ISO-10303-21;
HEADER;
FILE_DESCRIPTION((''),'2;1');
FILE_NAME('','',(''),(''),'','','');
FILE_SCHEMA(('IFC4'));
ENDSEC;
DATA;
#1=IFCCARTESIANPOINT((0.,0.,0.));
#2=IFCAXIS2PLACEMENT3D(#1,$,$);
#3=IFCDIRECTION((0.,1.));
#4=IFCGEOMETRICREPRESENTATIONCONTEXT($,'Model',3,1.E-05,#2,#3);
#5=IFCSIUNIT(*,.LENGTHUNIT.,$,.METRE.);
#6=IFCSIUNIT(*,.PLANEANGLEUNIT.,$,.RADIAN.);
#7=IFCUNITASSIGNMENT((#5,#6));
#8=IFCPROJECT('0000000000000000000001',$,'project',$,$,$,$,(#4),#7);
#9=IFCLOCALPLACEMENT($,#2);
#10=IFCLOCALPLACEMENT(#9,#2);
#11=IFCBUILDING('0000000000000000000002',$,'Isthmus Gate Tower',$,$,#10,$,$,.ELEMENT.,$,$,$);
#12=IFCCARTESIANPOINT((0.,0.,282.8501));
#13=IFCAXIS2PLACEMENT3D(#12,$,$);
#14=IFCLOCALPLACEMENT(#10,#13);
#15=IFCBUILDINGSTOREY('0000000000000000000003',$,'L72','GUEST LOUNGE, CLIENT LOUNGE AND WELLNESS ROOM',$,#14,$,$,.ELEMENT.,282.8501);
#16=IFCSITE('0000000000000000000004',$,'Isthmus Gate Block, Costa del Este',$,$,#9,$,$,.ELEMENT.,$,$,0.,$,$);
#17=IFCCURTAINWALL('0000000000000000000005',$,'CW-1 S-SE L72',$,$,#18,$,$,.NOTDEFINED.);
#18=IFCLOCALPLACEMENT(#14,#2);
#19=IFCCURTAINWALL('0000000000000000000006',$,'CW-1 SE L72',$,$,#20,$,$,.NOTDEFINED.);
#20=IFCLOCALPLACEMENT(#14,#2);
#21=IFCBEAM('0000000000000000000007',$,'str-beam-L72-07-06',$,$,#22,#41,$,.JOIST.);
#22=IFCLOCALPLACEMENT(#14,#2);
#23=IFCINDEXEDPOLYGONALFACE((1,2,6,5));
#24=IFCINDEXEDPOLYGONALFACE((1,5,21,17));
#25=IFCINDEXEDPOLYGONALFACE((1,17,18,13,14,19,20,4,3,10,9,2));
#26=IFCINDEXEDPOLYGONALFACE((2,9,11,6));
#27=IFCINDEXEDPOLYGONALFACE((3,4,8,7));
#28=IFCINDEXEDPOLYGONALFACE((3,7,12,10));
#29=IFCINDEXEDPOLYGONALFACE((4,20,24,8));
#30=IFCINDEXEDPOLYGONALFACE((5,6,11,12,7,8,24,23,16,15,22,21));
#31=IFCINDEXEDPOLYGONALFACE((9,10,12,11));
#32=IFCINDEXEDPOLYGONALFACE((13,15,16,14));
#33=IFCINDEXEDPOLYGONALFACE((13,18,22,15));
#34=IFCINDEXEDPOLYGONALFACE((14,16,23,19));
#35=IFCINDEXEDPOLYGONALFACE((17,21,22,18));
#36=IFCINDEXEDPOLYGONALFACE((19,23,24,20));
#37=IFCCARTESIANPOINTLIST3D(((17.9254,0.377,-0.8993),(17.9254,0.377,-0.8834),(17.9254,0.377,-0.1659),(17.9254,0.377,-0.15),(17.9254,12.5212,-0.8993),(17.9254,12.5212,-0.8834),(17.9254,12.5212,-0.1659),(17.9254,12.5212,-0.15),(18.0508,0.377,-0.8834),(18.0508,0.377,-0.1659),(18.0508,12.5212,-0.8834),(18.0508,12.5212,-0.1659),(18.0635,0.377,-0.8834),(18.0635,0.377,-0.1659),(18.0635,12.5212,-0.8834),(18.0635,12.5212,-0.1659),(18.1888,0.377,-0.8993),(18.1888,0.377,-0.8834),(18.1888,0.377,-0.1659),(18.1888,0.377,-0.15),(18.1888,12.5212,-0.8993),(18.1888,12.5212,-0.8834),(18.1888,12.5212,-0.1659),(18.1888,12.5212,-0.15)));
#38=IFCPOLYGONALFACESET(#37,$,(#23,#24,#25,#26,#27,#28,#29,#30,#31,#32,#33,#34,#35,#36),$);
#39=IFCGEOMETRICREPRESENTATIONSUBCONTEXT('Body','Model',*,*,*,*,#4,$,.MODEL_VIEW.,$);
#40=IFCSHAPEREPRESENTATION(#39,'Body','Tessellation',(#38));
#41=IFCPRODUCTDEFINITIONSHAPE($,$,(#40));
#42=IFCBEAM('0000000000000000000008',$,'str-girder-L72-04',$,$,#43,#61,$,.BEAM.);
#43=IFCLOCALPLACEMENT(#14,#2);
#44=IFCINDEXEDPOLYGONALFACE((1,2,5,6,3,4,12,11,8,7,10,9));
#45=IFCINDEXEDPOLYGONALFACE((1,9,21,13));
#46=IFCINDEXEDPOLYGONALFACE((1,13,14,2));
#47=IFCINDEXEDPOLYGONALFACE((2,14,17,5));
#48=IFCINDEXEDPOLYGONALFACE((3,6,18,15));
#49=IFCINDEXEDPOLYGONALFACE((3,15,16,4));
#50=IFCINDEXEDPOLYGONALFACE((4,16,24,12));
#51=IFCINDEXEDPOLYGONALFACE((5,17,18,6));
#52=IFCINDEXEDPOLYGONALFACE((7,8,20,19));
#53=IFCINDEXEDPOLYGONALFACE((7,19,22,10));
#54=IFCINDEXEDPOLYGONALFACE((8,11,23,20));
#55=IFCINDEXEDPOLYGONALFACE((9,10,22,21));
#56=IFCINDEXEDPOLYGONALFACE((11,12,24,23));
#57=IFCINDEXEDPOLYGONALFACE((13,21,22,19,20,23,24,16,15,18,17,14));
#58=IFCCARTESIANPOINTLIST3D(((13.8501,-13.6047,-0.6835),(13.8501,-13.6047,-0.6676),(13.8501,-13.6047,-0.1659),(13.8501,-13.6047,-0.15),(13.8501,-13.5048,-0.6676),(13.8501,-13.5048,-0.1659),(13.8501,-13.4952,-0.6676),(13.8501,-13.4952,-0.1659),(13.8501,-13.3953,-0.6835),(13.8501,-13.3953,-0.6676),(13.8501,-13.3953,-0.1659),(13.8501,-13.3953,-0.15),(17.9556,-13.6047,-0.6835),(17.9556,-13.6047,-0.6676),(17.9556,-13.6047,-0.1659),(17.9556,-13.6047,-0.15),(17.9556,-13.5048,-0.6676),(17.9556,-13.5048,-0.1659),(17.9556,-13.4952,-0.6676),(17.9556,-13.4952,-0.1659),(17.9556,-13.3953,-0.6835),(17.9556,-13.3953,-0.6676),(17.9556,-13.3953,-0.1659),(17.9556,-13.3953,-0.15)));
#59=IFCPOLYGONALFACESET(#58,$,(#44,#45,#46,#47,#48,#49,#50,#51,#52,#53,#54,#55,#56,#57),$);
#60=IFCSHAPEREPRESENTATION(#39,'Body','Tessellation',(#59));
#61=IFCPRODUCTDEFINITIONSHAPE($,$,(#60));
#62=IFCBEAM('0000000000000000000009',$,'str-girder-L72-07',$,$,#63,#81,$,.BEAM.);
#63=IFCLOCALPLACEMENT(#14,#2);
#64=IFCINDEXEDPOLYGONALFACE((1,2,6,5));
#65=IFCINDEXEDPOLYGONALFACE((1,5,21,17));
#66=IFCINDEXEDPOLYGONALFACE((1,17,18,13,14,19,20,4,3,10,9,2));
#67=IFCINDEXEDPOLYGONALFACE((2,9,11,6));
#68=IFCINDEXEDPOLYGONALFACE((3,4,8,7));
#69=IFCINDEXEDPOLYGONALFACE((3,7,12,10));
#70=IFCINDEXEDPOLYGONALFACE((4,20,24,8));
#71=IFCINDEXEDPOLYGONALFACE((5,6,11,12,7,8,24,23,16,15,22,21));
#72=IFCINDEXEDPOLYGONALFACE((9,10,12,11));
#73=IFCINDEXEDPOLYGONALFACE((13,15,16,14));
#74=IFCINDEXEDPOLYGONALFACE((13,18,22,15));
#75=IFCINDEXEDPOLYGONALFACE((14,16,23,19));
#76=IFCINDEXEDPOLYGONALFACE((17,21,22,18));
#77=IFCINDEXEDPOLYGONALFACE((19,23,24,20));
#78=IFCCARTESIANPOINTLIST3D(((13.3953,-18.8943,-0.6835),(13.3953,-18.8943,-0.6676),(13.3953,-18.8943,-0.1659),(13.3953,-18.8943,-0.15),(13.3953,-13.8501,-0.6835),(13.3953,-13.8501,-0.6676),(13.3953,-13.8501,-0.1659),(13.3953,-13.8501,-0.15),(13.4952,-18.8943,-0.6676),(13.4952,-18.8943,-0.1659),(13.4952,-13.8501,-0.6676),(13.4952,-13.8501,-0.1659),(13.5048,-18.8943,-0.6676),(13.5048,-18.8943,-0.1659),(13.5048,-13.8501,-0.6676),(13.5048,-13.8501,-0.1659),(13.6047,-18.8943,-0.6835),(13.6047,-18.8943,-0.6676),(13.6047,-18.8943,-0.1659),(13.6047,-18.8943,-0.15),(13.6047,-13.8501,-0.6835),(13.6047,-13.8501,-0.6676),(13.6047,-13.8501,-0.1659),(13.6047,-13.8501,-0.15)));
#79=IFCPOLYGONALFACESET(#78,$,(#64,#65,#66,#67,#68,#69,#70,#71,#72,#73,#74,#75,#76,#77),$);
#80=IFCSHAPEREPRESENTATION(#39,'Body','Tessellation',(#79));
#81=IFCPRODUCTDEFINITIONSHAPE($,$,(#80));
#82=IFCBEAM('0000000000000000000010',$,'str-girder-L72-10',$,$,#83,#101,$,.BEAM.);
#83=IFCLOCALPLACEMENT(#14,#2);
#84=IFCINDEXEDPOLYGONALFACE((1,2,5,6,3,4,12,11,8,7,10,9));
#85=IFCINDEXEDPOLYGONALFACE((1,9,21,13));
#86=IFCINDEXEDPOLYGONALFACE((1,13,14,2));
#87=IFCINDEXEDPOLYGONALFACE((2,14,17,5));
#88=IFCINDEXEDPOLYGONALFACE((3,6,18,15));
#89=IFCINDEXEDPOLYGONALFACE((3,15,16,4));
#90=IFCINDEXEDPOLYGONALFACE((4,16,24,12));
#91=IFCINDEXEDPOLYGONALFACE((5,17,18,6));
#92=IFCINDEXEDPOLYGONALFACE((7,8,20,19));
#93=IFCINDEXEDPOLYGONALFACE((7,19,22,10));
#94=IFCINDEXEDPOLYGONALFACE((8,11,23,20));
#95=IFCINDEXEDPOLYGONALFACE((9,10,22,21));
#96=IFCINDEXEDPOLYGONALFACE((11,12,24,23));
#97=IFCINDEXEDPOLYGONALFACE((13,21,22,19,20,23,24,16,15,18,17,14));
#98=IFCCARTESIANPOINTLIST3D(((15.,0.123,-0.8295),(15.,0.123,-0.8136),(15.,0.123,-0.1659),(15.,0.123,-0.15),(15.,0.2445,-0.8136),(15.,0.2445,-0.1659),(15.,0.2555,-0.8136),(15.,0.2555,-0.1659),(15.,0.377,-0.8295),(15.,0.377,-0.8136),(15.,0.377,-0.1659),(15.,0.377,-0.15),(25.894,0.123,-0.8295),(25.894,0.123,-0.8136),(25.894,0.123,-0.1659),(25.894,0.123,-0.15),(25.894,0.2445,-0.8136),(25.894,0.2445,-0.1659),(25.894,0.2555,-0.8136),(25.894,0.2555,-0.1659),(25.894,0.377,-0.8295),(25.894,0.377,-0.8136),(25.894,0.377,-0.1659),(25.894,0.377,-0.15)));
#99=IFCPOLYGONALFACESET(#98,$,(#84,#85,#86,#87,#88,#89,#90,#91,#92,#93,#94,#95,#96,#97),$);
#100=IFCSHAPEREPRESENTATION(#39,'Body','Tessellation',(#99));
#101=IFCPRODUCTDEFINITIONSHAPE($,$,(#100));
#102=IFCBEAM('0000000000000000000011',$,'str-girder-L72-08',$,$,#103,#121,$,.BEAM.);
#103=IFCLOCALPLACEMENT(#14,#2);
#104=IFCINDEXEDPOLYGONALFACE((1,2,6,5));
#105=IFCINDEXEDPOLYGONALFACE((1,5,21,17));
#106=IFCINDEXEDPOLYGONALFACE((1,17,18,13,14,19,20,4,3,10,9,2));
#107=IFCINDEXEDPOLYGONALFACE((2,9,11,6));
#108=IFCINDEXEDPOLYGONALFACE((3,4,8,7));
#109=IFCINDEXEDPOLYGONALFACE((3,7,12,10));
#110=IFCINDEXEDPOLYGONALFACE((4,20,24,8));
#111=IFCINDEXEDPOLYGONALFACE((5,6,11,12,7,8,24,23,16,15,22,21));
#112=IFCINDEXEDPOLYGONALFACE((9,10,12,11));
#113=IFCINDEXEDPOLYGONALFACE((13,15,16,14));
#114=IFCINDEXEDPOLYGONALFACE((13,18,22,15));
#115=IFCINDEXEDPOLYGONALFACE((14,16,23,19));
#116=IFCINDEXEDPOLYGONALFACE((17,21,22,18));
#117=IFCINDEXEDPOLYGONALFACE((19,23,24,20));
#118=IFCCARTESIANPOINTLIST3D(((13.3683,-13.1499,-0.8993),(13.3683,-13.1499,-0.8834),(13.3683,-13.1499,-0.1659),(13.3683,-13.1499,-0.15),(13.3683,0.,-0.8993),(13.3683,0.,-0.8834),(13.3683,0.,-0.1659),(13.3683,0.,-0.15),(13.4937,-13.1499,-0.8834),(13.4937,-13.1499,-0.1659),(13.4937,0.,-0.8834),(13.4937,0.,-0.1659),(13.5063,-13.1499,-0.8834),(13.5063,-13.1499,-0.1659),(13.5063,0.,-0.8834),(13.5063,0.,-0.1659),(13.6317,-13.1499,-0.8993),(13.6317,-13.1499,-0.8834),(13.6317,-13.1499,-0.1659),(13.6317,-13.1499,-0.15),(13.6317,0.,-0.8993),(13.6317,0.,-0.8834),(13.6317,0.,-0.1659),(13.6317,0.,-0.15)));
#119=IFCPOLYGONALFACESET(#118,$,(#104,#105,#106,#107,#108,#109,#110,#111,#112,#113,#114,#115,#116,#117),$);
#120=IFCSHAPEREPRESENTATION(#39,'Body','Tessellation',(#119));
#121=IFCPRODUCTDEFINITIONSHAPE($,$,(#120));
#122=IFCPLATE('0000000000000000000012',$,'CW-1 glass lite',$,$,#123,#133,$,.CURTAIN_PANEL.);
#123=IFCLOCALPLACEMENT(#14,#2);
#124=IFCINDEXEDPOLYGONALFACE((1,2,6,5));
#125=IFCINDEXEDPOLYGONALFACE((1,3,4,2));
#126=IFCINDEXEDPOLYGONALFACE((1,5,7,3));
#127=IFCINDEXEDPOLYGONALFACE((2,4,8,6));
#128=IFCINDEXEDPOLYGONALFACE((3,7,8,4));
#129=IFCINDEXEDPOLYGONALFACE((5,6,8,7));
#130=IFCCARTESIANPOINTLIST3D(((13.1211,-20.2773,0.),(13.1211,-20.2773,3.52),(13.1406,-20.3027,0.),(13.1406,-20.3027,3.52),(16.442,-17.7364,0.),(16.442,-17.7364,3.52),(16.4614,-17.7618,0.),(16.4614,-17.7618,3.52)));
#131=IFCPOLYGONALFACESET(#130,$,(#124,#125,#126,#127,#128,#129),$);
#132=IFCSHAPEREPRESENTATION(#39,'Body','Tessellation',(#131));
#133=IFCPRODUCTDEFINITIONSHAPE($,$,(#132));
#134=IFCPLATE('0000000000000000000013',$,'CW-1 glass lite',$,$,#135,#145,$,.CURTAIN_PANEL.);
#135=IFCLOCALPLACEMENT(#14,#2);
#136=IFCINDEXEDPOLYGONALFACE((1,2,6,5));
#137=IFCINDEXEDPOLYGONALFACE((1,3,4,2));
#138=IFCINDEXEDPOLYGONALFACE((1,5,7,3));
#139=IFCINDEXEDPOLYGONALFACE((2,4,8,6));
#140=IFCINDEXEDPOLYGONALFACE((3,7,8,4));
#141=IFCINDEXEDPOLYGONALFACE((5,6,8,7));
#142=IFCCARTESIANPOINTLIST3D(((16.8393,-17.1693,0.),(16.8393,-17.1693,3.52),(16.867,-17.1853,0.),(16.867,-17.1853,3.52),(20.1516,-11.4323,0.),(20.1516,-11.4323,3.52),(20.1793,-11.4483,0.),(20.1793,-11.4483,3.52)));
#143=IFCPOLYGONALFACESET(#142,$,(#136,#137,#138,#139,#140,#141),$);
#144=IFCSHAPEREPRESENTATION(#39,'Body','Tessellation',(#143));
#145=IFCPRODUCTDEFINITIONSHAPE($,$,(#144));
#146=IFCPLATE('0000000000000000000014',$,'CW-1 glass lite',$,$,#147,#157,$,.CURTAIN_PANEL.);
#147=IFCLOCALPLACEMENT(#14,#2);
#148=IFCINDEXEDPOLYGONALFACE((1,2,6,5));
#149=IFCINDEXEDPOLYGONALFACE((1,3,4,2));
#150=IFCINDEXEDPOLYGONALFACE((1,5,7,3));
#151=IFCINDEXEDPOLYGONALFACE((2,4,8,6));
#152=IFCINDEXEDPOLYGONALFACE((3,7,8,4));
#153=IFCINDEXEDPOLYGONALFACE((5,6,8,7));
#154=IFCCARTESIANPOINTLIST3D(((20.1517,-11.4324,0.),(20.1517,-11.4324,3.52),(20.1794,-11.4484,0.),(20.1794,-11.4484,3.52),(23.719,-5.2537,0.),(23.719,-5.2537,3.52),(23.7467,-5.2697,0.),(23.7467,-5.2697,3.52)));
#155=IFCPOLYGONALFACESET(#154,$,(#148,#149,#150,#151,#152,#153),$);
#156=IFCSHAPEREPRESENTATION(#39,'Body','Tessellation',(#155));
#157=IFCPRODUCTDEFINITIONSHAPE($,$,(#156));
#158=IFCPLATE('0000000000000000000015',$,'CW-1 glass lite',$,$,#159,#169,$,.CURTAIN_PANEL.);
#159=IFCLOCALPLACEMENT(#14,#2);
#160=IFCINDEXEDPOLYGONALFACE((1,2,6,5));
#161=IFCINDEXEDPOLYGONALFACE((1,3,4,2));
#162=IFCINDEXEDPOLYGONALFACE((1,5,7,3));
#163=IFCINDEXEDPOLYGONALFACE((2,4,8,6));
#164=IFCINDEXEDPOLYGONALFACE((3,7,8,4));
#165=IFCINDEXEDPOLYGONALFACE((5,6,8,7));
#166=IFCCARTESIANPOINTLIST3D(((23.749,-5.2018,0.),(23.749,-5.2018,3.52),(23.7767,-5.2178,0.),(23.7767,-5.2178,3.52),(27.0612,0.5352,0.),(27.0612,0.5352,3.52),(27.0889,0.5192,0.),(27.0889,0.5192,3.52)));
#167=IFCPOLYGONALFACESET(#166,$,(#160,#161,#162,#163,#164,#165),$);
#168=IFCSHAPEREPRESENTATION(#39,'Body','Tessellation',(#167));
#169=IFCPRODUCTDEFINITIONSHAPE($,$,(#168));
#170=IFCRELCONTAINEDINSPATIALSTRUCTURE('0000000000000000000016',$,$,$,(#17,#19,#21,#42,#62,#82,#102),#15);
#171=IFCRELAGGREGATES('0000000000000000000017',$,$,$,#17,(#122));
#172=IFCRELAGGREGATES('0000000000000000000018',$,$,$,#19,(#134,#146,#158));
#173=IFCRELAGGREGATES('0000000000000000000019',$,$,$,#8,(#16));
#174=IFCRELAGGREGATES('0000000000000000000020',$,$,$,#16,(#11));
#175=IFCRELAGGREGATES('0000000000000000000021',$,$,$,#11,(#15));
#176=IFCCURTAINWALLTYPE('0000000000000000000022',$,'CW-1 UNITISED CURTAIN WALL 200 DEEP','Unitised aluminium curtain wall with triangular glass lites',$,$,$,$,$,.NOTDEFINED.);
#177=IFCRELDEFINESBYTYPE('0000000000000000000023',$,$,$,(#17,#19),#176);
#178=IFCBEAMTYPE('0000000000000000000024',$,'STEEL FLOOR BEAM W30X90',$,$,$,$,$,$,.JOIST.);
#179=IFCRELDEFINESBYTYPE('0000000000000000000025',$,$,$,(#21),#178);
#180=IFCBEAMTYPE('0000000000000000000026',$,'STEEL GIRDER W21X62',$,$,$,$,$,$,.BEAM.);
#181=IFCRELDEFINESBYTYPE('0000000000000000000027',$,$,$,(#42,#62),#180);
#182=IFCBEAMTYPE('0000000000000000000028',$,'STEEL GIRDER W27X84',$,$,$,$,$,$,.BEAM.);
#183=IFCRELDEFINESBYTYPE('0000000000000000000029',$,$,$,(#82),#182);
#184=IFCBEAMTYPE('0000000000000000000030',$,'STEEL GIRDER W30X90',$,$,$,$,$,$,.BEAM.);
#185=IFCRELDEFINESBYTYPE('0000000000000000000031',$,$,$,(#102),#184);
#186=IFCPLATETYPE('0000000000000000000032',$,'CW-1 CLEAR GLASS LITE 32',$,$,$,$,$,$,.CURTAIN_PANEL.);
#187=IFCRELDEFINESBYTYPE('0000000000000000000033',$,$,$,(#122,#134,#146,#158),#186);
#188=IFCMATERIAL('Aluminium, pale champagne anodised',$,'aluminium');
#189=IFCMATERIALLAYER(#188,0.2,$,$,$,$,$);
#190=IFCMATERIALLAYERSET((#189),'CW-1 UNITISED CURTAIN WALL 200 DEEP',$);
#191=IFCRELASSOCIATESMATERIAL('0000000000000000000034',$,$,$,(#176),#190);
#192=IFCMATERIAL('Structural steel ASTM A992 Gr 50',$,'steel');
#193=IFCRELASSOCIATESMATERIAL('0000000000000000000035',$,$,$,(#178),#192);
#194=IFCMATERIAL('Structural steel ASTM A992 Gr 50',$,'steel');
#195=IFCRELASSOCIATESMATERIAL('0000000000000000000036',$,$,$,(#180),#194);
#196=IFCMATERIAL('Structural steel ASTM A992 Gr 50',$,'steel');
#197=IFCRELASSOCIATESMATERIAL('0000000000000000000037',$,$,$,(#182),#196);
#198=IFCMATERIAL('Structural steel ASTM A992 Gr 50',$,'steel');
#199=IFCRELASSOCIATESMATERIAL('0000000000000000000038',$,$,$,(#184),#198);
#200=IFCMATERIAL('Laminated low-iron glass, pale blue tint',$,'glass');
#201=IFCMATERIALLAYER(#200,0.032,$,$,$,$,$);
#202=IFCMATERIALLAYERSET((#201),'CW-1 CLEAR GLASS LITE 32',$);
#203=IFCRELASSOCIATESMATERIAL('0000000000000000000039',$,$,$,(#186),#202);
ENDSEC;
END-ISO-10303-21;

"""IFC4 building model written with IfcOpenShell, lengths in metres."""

from ifc_helpers import new_model, si_unit, direction, frame, origin, origin_2d, place, context, subcontext, project, spatial, rectangle, i_section, extrude, material, layer, layer_set, material_profile, profile_set, type_object, element, aggregate, save


model = new_model("IFC4")

# Units and contexts
model_context = context("Model", 3, precision=1e-05, world=origin(), true_north=direction((0.0, 1.0)))
body_context = subcontext(model_context, "Body", "Model", "MODEL_VIEW")
ifc_project = project(units=[si_unit("LENGTHUNIT", "METRE"), si_unit("PLANEANGLEUNIT", "RADIAN")], contexts=[model_context])

# Site, building, storey
site_placement = place(None, origin())
site = spatial("IfcSite", under=ifc_project, at=site_placement, Name="Isthmus Gate Block, Costa del Este", CompositionType="ELEMENT", RefElevation=0.0)
building_placement = place(site_placement, origin())
building = spatial("IfcBuilding", under=site, at=building_placement, Name="Isthmus Gate Tower", CompositionType="ELEMENT")
storey_placement = place(building_placement, frame((0.0, 0.0, 282.8501)))
storey = spatial("IfcBuildingStorey", under=building, at=storey_placement, Name="L72", Description="GUEST LOUNGE, CLIENT LOUNGE AND WELLNESS ROOM", CompositionType="ELEMENT", Elevation=282.8501)

# Curtain wall
ifc_material_1 = material(Name="Aluminium, pale champagne anodised", Category="aluminium")
ifc_layer_1 = layer(ifc_material_1, 0.2)
ifc_layer_set_1 = layer_set([ifc_layer_1], Name="CW-1 UNITISED CURTAIN WALL 200 DEEP")
curtain_wall_type = type_object("IfcCurtainWallType", Name="CW-1 UNITISED CURTAIN WALL 200 DEEP", Description="Unitised aluminium curtain wall with triangular glass lites", PredefinedType="NOTDEFINED", material=ifc_layer_set_1)
curtain_wall_1_placement = place(storey_placement, origin())
curtain_wall_1 = element("IfcCurtainWall", 1, at=curtain_wall_1_placement, inside=storey, type_object=curtain_wall_type, Name="CW-1 S-SE L72", PredefinedType="NOTDEFINED")

# Curtain wall
curtain_wall_2_placement = place(storey_placement, origin())
curtain_wall_2 = element("IfcCurtainWall", 2, at=curtain_wall_2_placement, inside=storey, type_object=curtain_wall_type, Name="CW-1 SE L72", PredefinedType="NOTDEFINED")

# Beams
ifc_material_2 = material(Name="Structural steel ASTM A992 Gr 50", Category="steel")
ifc_material_profile_1 = material_profile(ifc_material_2, i_section(OverallWidth=0.2634, OverallDepth=0.7493, WebThickness=0.0127, FlangeThickness=0.0159, at=origin_2d()), Name="W30X90")
ifc_profile_set_1 = profile_set([ifc_material_profile_1], Name="Structural steel ASTM A992 Gr 50")
beam_type_1 = type_object("IfcBeamType", Name="STEEL FLOOR BEAM W30X90", PredefinedType="JOIST", material=ifc_profile_set_1)
beam_1_placement = place(storey_placement, frame((18.0571, 0.377, -0.5247), z_axis=(0.0, 1.0, 0.0), x_axis=(-1.0, 0.0, 0.0)))
element("IfcBeam", 3, at=beam_1_placement, inside=storey, type_object=beam_type_1, Name="str-beam-L72-07-06", PredefinedType="JOIST", context=body_context, shape_type="SweptSolid", body=[
    extrude(i_section(OverallWidth=0.2634, OverallDepth=0.7493, WebThickness=0.0127, FlangeThickness=0.0159, at=origin_2d()), origin(), (0.0, 0.0, 1.0), 12.1443),
])
ifc_material_3 = material(Name="Structural steel ASTM A992 Gr 50", Category="steel")
ifc_material_profile_2 = material_profile(ifc_material_3, i_section(OverallWidth=0.2095, OverallDepth=0.5334, WebThickness=0.0095, FlangeThickness=0.0159, at=origin_2d()), Name="W21X62")
ifc_profile_set_2 = profile_set([ifc_material_profile_2], Name="Structural steel ASTM A992 Gr 50")
beam_type_2 = type_object("IfcBeamType", Name="STEEL GIRDER W21X62", PredefinedType="BEAM", material=ifc_profile_set_2)
beam_2_placement = place(storey_placement, frame((13.8501, -13.5, -0.4167), z_axis=(1.0, 0.0, 0.0), x_axis=(0.0, 1.0, 0.0)))
element("IfcBeam", 4, at=beam_2_placement, inside=storey, type_object=beam_type_2, Name="str-girder-L72-04", PredefinedType="BEAM", context=body_context, shape_type="SweptSolid", body=[
    extrude(i_section(OverallWidth=0.2095, OverallDepth=0.5334, WebThickness=0.0095, FlangeThickness=0.0159, at=origin_2d()), origin(), (0.0, 0.0, 1.0), 4.1055),
])
beam_3_placement = place(storey_placement, frame((13.5, -18.8943, -0.4167), z_axis=(0.0, 1.0, 0.0), x_axis=(-1.0, 0.0, 0.0)))
element("IfcBeam", 5, at=beam_3_placement, inside=storey, type_object=beam_type_2, Name="str-girder-L72-07", PredefinedType="BEAM", context=body_context, shape_type="SweptSolid", body=[
    extrude(i_section(OverallWidth=0.2095, OverallDepth=0.5334, WebThickness=0.0095, FlangeThickness=0.0159, at=origin_2d()), origin(), (0.0, 0.0, 1.0), 5.0442),
])
ifc_material_4 = material(Name="Structural steel ASTM A992 Gr 50", Category="steel")
ifc_material_profile_3 = material_profile(ifc_material_4, i_section(OverallWidth=0.2539, OverallDepth=0.6794, WebThickness=0.011, FlangeThickness=0.0159, at=origin_2d()), Name="W27X84")
ifc_profile_set_3 = profile_set([ifc_material_profile_3], Name="Structural steel ASTM A992 Gr 50")
beam_type_3 = type_object("IfcBeamType", Name="STEEL GIRDER W27X84", PredefinedType="BEAM", material=ifc_profile_set_3)
beam_4_placement = place(storey_placement, frame((15.0, 0.25, -0.4897), z_axis=(1.0, 0.0, 0.0), x_axis=(0.0, 1.0, 0.0)))
element("IfcBeam", 6, at=beam_4_placement, inside=storey, type_object=beam_type_3, Name="str-girder-L72-10", PredefinedType="BEAM", context=body_context, shape_type="SweptSolid", body=[
    extrude(i_section(OverallWidth=0.2539, OverallDepth=0.6794, WebThickness=0.011, FlangeThickness=0.0159, at=origin_2d()), origin(), (0.0, 0.0, 1.0), 10.894),
])
ifc_material_5 = material(Name="Structural steel ASTM A992 Gr 50", Category="steel")
ifc_material_profile_4 = material_profile(ifc_material_5, i_section(OverallWidth=0.2634, OverallDepth=0.7493, WebThickness=0.0127, FlangeThickness=0.0159, at=origin_2d()), Name="W30X90")
ifc_profile_set_4 = profile_set([ifc_material_profile_4], Name="Structural steel ASTM A992 Gr 50")
beam_type_4 = type_object("IfcBeamType", Name="STEEL GIRDER W30X90", PredefinedType="BEAM", material=ifc_profile_set_4)
beam_5_placement = place(storey_placement, frame((13.5, -13.1499, -0.5247), z_axis=(0.0, 1.0, 0.0), x_axis=(-1.0, 0.0, 0.0)))
element("IfcBeam", 7, at=beam_5_placement, inside=storey, type_object=beam_type_4, Name="str-girder-L72-08", PredefinedType="BEAM", context=body_context, shape_type="SweptSolid", body=[
    extrude(i_section(OverallWidth=0.2634, OverallDepth=0.7493, WebThickness=0.0127, FlangeThickness=0.0159, at=origin_2d()), origin(), (0.0, 0.0, 1.0), 13.1499),
])

# Plates
ifc_material_6 = material(Name="Laminated low-iron glass, pale blue tint", Category="glass")
ifc_layer_2 = layer(ifc_material_6, 0.032)
ifc_layer_set_2 = layer_set([ifc_layer_2], Name="CW-1 CLEAR GLASS LITE 32")
plate_type = type_object("IfcPlateType", Name="CW-1 CLEAR GLASS LITE 32", PredefinedType="CURTAIN_PANEL", material=ifc_layer_set_2)
plate_1_placement = place(storey_placement, frame((14.7913, -19.0195, 0.0), z_axis=(0.0, 0.0, 1.0), x_axis=(0.794189, 0.607671, 0.0)))
plate_1 = element("IfcPlate", 8, at=plate_1_placement, type_object=plate_type, Name="CW-1 glass lite", PredefinedType="CURTAIN_PANEL", context=body_context, shape_type="SweptSolid", body=[
    extrude(rectangle(XDim=4.1814, YDim=0.032, at=origin_2d()), origin(), (0.0, 0.0, 1.0), 3.52),
])
aggregate(curtain_wall_1, [plate_1])
plate_2_placement = place(storey_placement, frame((18.5093, -14.3088, 0.0), z_axis=(0.0, 0.0, 1.0), x_axis=(0.5, 0.866025, 0.0)))
plate_2 = element("IfcPlate", 9, at=plate_2_placement, type_object=plate_type, Name="CW-1 glass lite", PredefinedType="CURTAIN_PANEL", context=body_context, shape_type="SweptSolid", body=[
    extrude(rectangle(XDim=6.6245, YDim=0.032, at=origin_2d()), origin(), (0.0, 0.0, 1.0), 3.52),
])
plate_3_placement = place(storey_placement, frame((21.9492, -8.3511, 0.0), z_axis=(0.0, 0.0, 1.0), x_axis=(0.5, 0.866025, 0.0)))
plate_3 = element("IfcPlate", 10, at=plate_3_placement, type_object=plate_type, Name="CW-1 glass lite", PredefinedType="CURTAIN_PANEL", context=body_context, shape_type="SweptSolid", body=[
    extrude(rectangle(XDim=7.1345, YDim=0.032, at=origin_2d()), origin(), (0.0, 0.0, 1.0), 3.52),
])
plate_4_placement = place(storey_placement, frame((25.4189, -2.3413, 0.0), z_axis=(0.0, 0.0, 1.0), x_axis=(0.5, 0.866025, 0.0)))
plate_4 = element("IfcPlate", 11, at=plate_4_placement, type_object=plate_type, Name="CW-1 glass lite", PredefinedType="CURTAIN_PANEL", context=body_context, shape_type="SweptSolid", body=[
    extrude(rectangle(XDim=6.6245, YDim=0.032, at=origin_2d()), origin(), (0.0, 0.0, 1.0), 3.52),
])
aggregate(curtain_wall_2, [plate_2, plate_3, plate_4])

save(model, "model.ifc")
